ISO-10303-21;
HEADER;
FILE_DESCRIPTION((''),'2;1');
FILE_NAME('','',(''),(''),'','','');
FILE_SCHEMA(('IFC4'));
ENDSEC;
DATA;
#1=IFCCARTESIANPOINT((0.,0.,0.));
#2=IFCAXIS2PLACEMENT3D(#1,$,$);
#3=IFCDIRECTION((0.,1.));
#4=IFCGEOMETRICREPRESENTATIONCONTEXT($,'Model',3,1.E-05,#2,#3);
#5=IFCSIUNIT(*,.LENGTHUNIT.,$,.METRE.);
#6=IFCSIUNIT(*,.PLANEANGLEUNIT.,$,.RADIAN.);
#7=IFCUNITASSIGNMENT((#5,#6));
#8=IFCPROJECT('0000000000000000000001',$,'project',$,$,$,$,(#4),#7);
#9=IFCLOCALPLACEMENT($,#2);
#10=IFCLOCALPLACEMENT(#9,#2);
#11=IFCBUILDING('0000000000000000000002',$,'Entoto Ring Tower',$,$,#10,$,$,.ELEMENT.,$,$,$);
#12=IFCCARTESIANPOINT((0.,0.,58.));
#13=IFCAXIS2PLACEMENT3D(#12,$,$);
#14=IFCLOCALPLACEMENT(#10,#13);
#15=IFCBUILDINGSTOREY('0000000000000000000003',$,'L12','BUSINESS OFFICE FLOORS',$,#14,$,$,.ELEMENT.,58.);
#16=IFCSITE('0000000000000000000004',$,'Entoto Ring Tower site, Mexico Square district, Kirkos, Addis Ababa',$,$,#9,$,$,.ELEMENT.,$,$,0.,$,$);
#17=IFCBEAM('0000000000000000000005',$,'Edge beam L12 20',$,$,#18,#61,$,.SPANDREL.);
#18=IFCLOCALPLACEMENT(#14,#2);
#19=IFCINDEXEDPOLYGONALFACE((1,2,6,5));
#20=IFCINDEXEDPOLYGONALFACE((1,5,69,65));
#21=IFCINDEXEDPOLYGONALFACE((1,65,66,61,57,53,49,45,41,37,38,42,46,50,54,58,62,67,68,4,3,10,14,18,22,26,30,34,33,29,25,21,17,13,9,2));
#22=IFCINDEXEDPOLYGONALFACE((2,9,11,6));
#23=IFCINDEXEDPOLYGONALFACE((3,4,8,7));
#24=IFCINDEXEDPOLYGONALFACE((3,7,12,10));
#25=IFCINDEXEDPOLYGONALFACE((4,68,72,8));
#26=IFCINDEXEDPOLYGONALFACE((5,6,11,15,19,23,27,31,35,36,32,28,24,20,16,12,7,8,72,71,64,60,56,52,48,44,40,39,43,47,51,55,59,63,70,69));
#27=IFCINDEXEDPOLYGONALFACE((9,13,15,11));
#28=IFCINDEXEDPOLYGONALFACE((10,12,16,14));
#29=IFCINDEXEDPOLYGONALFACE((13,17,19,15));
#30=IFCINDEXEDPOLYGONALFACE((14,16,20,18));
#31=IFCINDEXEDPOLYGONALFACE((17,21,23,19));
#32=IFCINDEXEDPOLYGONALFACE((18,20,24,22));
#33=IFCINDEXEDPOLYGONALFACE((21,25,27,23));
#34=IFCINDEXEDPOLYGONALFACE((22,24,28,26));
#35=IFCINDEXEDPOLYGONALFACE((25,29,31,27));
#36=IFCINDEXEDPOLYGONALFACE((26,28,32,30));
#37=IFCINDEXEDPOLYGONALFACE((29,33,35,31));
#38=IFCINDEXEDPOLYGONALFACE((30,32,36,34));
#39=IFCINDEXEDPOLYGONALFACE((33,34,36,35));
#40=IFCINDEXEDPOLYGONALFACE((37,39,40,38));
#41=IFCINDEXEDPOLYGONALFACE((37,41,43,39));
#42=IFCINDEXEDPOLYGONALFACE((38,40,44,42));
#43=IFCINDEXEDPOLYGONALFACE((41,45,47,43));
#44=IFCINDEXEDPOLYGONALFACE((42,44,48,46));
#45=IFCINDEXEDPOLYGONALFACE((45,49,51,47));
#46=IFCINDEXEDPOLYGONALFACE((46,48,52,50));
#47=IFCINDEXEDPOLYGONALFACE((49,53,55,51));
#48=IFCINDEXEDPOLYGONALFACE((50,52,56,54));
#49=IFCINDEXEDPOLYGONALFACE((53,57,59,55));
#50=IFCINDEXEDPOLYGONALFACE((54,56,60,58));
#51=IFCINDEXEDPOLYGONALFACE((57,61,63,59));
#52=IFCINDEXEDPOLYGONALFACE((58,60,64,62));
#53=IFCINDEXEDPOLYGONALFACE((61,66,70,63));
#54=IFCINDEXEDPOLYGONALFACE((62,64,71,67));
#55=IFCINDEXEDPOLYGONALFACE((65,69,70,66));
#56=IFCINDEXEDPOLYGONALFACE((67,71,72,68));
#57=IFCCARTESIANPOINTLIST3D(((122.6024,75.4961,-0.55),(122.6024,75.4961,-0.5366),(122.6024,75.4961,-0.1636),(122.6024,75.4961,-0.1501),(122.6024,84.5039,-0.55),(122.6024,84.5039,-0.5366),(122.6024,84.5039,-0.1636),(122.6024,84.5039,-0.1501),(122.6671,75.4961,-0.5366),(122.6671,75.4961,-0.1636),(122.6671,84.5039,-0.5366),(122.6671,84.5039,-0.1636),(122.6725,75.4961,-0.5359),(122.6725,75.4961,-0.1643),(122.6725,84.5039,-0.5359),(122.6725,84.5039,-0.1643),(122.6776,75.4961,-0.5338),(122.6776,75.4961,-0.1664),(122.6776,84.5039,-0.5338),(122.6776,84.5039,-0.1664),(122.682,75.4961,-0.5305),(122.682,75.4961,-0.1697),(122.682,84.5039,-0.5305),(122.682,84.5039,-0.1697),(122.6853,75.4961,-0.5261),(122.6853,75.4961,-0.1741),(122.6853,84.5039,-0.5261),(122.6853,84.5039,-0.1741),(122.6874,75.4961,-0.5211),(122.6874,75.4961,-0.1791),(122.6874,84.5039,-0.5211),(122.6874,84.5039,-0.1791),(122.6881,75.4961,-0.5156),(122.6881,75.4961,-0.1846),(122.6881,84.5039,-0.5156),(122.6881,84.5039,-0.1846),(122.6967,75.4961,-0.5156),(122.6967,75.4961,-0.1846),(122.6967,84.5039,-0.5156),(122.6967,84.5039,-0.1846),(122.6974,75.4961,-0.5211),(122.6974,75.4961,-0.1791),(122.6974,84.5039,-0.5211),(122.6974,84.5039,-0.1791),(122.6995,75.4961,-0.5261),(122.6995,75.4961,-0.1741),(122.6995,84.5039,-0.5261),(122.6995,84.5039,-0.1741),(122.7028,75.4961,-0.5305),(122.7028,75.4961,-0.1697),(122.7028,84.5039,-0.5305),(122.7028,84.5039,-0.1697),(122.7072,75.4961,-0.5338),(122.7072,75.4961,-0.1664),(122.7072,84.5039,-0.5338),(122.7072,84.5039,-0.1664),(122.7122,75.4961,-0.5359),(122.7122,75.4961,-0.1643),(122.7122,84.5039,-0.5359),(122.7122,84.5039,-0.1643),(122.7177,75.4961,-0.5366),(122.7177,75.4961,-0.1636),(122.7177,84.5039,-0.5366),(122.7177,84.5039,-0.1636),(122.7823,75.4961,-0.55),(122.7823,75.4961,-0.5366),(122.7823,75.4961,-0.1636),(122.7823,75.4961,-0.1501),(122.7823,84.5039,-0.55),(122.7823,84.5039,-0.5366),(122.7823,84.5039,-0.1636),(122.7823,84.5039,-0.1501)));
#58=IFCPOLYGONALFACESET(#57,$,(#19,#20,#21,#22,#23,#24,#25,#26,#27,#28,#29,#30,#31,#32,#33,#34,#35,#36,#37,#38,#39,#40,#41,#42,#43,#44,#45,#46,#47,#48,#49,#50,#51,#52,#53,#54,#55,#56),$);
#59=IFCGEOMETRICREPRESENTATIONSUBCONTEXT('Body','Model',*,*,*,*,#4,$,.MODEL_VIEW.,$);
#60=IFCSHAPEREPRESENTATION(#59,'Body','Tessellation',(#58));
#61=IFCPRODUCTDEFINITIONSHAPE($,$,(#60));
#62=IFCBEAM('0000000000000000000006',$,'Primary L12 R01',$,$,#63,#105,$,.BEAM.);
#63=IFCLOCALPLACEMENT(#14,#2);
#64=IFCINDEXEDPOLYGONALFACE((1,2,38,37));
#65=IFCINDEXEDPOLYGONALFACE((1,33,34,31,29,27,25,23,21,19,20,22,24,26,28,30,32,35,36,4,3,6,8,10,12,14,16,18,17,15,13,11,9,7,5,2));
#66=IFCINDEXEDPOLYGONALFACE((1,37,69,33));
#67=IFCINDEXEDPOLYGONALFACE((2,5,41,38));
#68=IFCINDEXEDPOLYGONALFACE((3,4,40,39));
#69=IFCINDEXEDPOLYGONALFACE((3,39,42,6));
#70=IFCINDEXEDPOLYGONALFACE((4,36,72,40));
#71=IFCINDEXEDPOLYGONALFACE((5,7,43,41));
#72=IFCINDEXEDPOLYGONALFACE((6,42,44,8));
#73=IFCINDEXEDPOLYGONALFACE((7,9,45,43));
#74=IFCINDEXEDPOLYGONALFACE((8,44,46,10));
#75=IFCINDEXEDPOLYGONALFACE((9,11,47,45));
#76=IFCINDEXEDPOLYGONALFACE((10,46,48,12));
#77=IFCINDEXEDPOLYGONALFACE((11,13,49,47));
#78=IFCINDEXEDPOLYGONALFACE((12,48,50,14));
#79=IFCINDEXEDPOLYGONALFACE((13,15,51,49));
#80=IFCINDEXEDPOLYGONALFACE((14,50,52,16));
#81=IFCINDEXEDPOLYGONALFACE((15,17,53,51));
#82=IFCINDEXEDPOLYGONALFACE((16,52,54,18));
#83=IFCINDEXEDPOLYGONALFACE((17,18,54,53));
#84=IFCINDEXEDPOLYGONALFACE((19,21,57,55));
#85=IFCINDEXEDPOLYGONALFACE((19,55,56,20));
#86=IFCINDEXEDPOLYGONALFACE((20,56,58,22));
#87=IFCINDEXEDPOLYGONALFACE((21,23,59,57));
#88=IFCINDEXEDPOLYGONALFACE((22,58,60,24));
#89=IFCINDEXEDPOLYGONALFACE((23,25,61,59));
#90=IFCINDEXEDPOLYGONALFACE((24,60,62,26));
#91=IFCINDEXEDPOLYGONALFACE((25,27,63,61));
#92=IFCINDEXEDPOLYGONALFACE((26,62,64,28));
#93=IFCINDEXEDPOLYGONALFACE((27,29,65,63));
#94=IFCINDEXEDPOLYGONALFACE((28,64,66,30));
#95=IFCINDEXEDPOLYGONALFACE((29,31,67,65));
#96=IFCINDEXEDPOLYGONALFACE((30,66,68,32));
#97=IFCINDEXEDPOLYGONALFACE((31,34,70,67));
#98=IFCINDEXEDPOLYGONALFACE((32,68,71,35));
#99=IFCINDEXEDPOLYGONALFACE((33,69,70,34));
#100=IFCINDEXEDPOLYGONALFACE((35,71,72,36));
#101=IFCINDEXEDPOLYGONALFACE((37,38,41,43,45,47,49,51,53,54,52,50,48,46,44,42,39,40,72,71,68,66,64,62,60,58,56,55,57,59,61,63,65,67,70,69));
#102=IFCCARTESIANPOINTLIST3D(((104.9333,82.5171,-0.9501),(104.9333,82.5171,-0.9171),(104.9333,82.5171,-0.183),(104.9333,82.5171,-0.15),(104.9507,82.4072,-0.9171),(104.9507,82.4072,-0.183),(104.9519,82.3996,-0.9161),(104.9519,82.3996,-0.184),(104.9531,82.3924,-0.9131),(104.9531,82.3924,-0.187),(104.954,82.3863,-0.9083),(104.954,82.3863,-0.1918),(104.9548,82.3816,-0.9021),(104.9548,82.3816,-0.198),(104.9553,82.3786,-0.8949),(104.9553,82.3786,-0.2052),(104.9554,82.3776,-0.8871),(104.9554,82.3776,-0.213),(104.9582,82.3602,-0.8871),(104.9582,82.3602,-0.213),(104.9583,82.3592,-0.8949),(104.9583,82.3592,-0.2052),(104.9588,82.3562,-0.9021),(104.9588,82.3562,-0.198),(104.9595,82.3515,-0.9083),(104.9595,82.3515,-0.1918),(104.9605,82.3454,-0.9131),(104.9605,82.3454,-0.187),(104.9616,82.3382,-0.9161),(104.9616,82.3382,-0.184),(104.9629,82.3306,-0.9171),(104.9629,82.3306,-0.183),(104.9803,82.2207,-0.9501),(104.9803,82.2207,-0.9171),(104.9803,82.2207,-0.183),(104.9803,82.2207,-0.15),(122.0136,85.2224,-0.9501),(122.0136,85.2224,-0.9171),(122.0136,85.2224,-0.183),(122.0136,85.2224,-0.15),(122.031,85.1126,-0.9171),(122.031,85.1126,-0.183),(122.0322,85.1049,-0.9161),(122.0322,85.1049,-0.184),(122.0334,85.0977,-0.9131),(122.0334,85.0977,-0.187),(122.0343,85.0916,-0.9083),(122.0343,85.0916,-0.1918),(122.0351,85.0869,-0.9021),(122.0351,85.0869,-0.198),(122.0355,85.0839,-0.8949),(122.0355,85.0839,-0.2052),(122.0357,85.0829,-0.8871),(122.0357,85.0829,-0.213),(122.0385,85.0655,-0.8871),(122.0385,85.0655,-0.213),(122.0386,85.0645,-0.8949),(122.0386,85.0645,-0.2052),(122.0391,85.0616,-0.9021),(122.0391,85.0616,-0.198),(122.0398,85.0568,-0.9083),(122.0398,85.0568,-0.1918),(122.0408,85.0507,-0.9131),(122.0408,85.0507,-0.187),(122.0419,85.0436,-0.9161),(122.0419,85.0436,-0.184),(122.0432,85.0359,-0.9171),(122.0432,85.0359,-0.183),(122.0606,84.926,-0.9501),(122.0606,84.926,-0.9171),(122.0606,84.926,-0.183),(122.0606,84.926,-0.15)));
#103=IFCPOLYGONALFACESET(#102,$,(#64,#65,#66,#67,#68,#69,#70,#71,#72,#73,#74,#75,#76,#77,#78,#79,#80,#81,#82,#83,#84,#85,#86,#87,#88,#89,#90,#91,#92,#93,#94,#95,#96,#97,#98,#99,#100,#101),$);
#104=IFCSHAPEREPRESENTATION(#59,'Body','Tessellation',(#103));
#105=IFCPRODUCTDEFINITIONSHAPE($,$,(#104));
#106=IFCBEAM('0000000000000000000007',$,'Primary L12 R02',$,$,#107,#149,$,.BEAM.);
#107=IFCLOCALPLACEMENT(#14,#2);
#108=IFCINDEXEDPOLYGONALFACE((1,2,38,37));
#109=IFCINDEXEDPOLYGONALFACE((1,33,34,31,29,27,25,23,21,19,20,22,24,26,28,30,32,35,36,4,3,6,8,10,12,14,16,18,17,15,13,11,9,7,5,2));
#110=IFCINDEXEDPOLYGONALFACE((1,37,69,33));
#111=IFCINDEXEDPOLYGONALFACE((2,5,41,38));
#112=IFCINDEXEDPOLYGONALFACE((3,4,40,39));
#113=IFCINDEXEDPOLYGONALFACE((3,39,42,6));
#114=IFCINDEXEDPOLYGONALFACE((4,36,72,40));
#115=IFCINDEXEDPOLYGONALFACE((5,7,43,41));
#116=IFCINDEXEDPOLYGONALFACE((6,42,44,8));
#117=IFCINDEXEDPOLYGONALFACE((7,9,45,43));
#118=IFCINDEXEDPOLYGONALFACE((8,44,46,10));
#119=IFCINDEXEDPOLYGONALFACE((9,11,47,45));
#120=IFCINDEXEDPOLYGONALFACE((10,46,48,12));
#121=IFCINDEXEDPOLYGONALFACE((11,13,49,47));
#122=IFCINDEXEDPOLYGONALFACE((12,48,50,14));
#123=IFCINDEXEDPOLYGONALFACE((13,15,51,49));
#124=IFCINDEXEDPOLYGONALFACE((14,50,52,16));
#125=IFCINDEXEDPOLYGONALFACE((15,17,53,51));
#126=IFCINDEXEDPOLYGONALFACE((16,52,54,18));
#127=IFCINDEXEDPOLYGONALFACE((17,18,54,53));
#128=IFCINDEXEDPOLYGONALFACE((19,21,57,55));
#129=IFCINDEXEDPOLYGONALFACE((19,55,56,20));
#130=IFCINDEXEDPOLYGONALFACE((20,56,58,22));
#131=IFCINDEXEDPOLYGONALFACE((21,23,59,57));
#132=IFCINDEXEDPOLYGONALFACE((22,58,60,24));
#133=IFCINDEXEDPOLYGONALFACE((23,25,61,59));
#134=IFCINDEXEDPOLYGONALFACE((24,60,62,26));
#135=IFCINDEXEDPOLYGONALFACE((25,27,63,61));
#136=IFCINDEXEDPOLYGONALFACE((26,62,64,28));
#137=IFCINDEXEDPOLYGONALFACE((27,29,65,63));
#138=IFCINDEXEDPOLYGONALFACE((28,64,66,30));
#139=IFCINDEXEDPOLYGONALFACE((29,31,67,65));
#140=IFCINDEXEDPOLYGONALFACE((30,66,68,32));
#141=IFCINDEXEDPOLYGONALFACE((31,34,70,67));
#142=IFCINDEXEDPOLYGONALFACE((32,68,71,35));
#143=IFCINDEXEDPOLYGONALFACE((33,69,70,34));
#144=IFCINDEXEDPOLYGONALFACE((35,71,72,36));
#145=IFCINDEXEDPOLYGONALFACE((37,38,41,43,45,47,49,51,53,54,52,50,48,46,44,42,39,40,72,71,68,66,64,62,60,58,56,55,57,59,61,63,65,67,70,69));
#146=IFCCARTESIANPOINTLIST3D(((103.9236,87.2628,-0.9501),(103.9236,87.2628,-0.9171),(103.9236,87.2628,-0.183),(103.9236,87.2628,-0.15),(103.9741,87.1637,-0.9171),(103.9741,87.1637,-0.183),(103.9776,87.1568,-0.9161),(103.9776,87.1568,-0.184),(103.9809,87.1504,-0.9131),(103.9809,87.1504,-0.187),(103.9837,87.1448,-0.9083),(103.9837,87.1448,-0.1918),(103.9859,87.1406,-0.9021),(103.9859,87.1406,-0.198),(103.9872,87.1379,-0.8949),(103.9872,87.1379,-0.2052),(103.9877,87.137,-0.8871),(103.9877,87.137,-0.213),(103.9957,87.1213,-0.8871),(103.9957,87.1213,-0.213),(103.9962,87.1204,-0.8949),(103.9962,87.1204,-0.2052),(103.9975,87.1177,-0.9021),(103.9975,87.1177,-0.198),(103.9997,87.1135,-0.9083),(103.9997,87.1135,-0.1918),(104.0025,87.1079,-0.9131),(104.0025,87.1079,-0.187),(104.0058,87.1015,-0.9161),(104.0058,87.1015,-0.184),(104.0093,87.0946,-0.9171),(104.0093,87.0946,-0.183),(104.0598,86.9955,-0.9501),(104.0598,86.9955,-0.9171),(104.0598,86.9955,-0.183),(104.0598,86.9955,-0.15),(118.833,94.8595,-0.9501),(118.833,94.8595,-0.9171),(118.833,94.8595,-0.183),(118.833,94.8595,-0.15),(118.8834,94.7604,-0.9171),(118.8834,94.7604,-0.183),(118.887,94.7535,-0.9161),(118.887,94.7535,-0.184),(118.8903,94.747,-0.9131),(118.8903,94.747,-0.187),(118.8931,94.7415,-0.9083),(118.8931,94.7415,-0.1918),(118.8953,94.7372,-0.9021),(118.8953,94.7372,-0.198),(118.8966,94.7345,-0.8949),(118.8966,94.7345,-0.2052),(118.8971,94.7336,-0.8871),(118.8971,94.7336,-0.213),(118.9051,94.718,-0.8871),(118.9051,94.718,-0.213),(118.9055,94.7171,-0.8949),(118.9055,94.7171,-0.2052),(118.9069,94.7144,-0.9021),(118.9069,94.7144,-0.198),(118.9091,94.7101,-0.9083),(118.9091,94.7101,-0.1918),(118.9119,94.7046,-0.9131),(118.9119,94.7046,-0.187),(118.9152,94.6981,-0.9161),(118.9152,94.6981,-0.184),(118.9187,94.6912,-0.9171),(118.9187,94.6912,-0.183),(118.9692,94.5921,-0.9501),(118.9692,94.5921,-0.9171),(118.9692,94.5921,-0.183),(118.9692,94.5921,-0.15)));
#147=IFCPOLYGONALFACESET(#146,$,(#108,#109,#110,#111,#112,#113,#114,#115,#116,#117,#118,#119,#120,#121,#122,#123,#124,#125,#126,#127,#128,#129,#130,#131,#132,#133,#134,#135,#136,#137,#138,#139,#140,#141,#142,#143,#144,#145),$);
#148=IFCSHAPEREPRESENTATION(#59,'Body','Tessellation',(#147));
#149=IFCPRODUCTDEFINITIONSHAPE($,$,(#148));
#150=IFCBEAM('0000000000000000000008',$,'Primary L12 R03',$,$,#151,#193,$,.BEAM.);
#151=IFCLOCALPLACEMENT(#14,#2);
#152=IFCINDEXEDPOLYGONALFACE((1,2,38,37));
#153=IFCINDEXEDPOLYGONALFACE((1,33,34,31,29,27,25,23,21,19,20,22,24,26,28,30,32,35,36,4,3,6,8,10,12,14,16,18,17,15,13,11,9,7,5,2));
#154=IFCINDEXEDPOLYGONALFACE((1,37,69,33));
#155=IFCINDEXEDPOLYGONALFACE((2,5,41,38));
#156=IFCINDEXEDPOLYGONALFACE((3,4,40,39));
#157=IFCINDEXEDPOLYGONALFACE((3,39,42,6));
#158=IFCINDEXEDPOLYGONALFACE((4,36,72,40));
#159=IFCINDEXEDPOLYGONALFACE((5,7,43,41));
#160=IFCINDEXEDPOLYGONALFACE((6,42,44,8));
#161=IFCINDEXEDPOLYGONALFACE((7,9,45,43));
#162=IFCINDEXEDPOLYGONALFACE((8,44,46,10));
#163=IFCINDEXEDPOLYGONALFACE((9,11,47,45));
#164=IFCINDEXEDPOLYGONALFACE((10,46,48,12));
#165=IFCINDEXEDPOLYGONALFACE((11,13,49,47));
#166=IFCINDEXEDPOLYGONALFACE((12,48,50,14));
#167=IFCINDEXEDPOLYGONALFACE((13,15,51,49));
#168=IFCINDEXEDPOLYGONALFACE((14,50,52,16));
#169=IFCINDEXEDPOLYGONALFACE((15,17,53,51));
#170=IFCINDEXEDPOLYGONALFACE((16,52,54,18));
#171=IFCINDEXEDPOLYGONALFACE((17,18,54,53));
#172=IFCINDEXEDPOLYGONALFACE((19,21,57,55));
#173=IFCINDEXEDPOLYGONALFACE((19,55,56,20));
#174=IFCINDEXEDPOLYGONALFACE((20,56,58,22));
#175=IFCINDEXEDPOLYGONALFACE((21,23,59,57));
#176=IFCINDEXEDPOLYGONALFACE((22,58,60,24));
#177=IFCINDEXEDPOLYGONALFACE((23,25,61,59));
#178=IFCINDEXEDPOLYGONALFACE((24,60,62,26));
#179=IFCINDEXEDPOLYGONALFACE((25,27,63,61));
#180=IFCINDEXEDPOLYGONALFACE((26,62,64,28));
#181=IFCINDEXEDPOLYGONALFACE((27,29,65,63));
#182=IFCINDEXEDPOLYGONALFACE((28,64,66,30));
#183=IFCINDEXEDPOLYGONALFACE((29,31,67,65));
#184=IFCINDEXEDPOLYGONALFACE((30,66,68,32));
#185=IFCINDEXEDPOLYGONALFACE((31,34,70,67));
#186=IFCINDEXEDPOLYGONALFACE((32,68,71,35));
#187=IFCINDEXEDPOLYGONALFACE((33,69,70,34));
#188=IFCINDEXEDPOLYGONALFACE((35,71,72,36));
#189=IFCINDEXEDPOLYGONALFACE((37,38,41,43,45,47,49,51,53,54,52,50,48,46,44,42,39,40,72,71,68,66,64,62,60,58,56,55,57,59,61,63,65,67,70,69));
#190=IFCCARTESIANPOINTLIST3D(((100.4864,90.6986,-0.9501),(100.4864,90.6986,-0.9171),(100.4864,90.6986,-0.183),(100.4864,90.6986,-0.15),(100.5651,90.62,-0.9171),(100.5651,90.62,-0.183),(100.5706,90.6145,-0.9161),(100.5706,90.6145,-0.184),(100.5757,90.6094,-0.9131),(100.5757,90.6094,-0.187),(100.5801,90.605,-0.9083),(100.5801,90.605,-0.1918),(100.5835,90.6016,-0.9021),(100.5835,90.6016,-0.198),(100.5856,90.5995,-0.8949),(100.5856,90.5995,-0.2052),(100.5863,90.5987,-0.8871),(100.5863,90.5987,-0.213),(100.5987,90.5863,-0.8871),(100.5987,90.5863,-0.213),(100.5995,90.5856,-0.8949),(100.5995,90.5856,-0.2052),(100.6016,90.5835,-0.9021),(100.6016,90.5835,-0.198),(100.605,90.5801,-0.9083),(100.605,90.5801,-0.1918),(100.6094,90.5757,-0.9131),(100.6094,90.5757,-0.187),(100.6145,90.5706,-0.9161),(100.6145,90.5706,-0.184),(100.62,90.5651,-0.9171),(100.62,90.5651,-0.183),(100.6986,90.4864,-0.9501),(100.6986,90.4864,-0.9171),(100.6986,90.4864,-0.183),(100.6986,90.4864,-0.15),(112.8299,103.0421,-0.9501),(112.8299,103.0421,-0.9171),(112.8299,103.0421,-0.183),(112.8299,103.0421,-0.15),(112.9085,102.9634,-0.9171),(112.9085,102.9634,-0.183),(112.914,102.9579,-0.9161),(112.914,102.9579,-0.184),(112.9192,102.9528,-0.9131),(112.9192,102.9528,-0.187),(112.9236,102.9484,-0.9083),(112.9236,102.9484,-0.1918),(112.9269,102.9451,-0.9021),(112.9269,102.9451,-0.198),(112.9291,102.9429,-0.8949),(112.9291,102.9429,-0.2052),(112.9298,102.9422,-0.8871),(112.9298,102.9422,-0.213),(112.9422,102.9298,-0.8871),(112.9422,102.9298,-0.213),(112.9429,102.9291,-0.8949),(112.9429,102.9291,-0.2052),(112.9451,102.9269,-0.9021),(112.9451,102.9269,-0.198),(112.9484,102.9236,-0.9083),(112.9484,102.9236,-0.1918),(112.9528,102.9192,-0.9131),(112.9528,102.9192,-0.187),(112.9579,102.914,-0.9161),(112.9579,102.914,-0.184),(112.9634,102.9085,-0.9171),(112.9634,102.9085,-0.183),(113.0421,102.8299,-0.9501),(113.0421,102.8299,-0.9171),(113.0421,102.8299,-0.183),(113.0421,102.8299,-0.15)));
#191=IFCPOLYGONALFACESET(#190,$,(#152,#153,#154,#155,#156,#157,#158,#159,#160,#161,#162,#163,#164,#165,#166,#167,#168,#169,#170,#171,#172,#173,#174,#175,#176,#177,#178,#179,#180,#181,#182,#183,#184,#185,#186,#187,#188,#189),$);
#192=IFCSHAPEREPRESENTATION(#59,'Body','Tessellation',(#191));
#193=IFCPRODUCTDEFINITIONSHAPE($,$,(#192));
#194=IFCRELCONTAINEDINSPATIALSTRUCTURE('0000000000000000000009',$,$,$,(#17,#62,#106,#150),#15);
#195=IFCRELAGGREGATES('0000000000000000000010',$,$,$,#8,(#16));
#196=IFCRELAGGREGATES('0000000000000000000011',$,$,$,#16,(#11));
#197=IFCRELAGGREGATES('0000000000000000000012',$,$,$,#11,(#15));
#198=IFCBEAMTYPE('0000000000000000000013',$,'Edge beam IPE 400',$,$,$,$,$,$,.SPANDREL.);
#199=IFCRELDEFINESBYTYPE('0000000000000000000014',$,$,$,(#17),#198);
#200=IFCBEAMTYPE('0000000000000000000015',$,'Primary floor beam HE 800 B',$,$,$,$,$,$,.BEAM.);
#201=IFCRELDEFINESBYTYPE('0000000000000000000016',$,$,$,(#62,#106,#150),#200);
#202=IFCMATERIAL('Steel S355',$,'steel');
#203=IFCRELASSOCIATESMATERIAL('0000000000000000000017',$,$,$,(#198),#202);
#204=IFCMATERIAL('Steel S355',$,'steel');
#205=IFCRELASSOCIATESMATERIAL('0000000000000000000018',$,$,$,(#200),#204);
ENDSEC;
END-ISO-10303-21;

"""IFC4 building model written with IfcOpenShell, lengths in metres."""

from ifc_helpers import new_model, si_unit, direction, frame, origin, origin_2d, place, context, subcontext, project, spatial, i_section, extrude, material, material_profile, profile_set, type_object, element, save


model = new_model("IFC4")

# Units and contexts
model_context = context("Model", 3, precision=1e-05, world=origin(), true_north=direction((0.0, 1.0)))
body_context = subcontext(model_context, "Body", "Model", "MODEL_VIEW")
ifc_project = project(units=[si_unit("LENGTHUNIT", "METRE"), si_unit("PLANEANGLEUNIT", "RADIAN")], contexts=[model_context])

# Site, building, storey
site_placement = place(None, origin())
site = spatial("IfcSite", under=ifc_project, at=site_placement, Name="Entoto Ring Tower site, Mexico Square district, Kirkos, Addis Ababa", CompositionType="ELEMENT", RefElevation=0.0)
building_placement = place(site_placement, origin())
building = spatial("IfcBuilding", under=site, at=building_placement, Name="Entoto Ring Tower", CompositionType="ELEMENT")
storey_placement = place(building_placement, frame((0.0, 0.0, 58.0)))
storey = spatial("IfcBuildingStorey", under=building, at=storey_placement, Name="L12", Description="BUSINESS OFFICE FLOORS", CompositionType="ELEMENT", Elevation=58.0)

# Beams
ifc_material_1 = material(Name="Steel S355", Category="steel")
ifc_material_profile_1 = material_profile(ifc_material_1, i_section(OverallWidth=0.1799, OverallDepth=0.3999, WebThickness=0.0085, FlangeThickness=0.0134, FilletRadius=0.021, at=origin_2d()), Name="IPE 400")
ifc_profile_set_1 = profile_set([ifc_material_profile_1], Name="Steel S355")
beam_type_1 = type_object("IfcBeamType", Name="Edge beam IPE 400", PredefinedType="SPANDREL", material=ifc_profile_set_1)
for number, where, z_axis, x_axis, name in (
    (1, (122.6924, 75.4961, -0.3501), (0.0, 1.0, 0.0), (-1.0, 0.0, 0.0), "Edge beam L12 20"),
):
    element("IfcBeam", number, at=place(storey_placement, frame(where, z_axis=z_axis, x_axis=x_axis)), inside=storey, type_object=beam_type_1, Name=name, PredefinedType="SPANDREL", context=body_context, shape_type="SweptSolid", body=[
        extrude(i_section(OverallWidth=0.1799, OverallDepth=0.3999, WebThickness=0.0085, FlangeThickness=0.0134, FilletRadius=0.021, at=origin_2d()), origin(), (0.0, 0.0, 1.0), 9.0078),
    ])
ifc_material_2 = material(Name="Steel S355", Category="steel")
ifc_material_profile_2 = material_profile(ifc_material_2, i_section(OverallWidth=0.3, OverallDepth=0.8, WebThickness=0.0176, FlangeThickness=0.033, FilletRadius=0.03, at=origin_2d()), Name="HE 800 B")
ifc_profile_set_2 = profile_set([ifc_material_profile_2], Name="Steel S355")
beam_type_2 = type_object("IfcBeamType", Name="Primary floor beam HE 800 B", PredefinedType="BEAM", material=ifc_profile_set_2)
beam_1_placement = place(storey_placement, frame((104.9568, 82.3689, -0.55), z_axis=(0.987688, 0.156438, 0.0), x_axis=(-0.156438, 0.987688, 0.0)))
element("IfcBeam", 2, at=beam_1_placement, inside=storey, type_object=beam_type_2, Name="Primary L12 R01", PredefinedType="BEAM", context=body_context, shape_type="SweptSolid", body=[
    extrude(i_section(OverallWidth=0.3, OverallDepth=0.8, WebThickness=0.0176, FlangeThickness=0.033, FilletRadius=0.03, at=origin_2d()), origin(), (0.0, 0.0, 1.0), 17.2932),
])
beam_2_placement = place(storey_placement, frame((103.9917, 87.1292, -0.55), z_axis=(0.891008, 0.453988, 0.0), x_axis=(-0.453988, 0.891008, 0.0)))
element("IfcBeam", 3, at=beam_2_placement, inside=storey, type_object=beam_type_2, Name="Primary L12 R02", PredefinedType="BEAM", context=body_context, shape_type="SweptSolid", body=[
    extrude(i_section(OverallWidth=0.3, OverallDepth=0.8, WebThickness=0.0176, FlangeThickness=0.033, FilletRadius=0.03, at=origin_2d()), origin(), (0.0, 0.0, 1.0), 16.7332),
])
beam_3_placement = place(storey_placement, frame((100.5925, 90.5925, -0.55), z_axis=(0.707107, 0.707107, 0.0), x_axis=(-0.707107, 0.707107, 0.0)))
element("IfcBeam", 4, at=beam_3_placement, inside=storey, type_object=beam_type_2, Name="Primary L12 R03", PredefinedType="BEAM", context=body_context, shape_type="SweptSolid", body=[
    extrude(i_section(OverallWidth=0.3, OverallDepth=0.8, WebThickness=0.0176, FlangeThickness=0.033, FilletRadius=0.03, at=origin_2d()), origin(), (0.0, 0.0, 1.0), 17.4563),
])

save(model, "model.ifc")
